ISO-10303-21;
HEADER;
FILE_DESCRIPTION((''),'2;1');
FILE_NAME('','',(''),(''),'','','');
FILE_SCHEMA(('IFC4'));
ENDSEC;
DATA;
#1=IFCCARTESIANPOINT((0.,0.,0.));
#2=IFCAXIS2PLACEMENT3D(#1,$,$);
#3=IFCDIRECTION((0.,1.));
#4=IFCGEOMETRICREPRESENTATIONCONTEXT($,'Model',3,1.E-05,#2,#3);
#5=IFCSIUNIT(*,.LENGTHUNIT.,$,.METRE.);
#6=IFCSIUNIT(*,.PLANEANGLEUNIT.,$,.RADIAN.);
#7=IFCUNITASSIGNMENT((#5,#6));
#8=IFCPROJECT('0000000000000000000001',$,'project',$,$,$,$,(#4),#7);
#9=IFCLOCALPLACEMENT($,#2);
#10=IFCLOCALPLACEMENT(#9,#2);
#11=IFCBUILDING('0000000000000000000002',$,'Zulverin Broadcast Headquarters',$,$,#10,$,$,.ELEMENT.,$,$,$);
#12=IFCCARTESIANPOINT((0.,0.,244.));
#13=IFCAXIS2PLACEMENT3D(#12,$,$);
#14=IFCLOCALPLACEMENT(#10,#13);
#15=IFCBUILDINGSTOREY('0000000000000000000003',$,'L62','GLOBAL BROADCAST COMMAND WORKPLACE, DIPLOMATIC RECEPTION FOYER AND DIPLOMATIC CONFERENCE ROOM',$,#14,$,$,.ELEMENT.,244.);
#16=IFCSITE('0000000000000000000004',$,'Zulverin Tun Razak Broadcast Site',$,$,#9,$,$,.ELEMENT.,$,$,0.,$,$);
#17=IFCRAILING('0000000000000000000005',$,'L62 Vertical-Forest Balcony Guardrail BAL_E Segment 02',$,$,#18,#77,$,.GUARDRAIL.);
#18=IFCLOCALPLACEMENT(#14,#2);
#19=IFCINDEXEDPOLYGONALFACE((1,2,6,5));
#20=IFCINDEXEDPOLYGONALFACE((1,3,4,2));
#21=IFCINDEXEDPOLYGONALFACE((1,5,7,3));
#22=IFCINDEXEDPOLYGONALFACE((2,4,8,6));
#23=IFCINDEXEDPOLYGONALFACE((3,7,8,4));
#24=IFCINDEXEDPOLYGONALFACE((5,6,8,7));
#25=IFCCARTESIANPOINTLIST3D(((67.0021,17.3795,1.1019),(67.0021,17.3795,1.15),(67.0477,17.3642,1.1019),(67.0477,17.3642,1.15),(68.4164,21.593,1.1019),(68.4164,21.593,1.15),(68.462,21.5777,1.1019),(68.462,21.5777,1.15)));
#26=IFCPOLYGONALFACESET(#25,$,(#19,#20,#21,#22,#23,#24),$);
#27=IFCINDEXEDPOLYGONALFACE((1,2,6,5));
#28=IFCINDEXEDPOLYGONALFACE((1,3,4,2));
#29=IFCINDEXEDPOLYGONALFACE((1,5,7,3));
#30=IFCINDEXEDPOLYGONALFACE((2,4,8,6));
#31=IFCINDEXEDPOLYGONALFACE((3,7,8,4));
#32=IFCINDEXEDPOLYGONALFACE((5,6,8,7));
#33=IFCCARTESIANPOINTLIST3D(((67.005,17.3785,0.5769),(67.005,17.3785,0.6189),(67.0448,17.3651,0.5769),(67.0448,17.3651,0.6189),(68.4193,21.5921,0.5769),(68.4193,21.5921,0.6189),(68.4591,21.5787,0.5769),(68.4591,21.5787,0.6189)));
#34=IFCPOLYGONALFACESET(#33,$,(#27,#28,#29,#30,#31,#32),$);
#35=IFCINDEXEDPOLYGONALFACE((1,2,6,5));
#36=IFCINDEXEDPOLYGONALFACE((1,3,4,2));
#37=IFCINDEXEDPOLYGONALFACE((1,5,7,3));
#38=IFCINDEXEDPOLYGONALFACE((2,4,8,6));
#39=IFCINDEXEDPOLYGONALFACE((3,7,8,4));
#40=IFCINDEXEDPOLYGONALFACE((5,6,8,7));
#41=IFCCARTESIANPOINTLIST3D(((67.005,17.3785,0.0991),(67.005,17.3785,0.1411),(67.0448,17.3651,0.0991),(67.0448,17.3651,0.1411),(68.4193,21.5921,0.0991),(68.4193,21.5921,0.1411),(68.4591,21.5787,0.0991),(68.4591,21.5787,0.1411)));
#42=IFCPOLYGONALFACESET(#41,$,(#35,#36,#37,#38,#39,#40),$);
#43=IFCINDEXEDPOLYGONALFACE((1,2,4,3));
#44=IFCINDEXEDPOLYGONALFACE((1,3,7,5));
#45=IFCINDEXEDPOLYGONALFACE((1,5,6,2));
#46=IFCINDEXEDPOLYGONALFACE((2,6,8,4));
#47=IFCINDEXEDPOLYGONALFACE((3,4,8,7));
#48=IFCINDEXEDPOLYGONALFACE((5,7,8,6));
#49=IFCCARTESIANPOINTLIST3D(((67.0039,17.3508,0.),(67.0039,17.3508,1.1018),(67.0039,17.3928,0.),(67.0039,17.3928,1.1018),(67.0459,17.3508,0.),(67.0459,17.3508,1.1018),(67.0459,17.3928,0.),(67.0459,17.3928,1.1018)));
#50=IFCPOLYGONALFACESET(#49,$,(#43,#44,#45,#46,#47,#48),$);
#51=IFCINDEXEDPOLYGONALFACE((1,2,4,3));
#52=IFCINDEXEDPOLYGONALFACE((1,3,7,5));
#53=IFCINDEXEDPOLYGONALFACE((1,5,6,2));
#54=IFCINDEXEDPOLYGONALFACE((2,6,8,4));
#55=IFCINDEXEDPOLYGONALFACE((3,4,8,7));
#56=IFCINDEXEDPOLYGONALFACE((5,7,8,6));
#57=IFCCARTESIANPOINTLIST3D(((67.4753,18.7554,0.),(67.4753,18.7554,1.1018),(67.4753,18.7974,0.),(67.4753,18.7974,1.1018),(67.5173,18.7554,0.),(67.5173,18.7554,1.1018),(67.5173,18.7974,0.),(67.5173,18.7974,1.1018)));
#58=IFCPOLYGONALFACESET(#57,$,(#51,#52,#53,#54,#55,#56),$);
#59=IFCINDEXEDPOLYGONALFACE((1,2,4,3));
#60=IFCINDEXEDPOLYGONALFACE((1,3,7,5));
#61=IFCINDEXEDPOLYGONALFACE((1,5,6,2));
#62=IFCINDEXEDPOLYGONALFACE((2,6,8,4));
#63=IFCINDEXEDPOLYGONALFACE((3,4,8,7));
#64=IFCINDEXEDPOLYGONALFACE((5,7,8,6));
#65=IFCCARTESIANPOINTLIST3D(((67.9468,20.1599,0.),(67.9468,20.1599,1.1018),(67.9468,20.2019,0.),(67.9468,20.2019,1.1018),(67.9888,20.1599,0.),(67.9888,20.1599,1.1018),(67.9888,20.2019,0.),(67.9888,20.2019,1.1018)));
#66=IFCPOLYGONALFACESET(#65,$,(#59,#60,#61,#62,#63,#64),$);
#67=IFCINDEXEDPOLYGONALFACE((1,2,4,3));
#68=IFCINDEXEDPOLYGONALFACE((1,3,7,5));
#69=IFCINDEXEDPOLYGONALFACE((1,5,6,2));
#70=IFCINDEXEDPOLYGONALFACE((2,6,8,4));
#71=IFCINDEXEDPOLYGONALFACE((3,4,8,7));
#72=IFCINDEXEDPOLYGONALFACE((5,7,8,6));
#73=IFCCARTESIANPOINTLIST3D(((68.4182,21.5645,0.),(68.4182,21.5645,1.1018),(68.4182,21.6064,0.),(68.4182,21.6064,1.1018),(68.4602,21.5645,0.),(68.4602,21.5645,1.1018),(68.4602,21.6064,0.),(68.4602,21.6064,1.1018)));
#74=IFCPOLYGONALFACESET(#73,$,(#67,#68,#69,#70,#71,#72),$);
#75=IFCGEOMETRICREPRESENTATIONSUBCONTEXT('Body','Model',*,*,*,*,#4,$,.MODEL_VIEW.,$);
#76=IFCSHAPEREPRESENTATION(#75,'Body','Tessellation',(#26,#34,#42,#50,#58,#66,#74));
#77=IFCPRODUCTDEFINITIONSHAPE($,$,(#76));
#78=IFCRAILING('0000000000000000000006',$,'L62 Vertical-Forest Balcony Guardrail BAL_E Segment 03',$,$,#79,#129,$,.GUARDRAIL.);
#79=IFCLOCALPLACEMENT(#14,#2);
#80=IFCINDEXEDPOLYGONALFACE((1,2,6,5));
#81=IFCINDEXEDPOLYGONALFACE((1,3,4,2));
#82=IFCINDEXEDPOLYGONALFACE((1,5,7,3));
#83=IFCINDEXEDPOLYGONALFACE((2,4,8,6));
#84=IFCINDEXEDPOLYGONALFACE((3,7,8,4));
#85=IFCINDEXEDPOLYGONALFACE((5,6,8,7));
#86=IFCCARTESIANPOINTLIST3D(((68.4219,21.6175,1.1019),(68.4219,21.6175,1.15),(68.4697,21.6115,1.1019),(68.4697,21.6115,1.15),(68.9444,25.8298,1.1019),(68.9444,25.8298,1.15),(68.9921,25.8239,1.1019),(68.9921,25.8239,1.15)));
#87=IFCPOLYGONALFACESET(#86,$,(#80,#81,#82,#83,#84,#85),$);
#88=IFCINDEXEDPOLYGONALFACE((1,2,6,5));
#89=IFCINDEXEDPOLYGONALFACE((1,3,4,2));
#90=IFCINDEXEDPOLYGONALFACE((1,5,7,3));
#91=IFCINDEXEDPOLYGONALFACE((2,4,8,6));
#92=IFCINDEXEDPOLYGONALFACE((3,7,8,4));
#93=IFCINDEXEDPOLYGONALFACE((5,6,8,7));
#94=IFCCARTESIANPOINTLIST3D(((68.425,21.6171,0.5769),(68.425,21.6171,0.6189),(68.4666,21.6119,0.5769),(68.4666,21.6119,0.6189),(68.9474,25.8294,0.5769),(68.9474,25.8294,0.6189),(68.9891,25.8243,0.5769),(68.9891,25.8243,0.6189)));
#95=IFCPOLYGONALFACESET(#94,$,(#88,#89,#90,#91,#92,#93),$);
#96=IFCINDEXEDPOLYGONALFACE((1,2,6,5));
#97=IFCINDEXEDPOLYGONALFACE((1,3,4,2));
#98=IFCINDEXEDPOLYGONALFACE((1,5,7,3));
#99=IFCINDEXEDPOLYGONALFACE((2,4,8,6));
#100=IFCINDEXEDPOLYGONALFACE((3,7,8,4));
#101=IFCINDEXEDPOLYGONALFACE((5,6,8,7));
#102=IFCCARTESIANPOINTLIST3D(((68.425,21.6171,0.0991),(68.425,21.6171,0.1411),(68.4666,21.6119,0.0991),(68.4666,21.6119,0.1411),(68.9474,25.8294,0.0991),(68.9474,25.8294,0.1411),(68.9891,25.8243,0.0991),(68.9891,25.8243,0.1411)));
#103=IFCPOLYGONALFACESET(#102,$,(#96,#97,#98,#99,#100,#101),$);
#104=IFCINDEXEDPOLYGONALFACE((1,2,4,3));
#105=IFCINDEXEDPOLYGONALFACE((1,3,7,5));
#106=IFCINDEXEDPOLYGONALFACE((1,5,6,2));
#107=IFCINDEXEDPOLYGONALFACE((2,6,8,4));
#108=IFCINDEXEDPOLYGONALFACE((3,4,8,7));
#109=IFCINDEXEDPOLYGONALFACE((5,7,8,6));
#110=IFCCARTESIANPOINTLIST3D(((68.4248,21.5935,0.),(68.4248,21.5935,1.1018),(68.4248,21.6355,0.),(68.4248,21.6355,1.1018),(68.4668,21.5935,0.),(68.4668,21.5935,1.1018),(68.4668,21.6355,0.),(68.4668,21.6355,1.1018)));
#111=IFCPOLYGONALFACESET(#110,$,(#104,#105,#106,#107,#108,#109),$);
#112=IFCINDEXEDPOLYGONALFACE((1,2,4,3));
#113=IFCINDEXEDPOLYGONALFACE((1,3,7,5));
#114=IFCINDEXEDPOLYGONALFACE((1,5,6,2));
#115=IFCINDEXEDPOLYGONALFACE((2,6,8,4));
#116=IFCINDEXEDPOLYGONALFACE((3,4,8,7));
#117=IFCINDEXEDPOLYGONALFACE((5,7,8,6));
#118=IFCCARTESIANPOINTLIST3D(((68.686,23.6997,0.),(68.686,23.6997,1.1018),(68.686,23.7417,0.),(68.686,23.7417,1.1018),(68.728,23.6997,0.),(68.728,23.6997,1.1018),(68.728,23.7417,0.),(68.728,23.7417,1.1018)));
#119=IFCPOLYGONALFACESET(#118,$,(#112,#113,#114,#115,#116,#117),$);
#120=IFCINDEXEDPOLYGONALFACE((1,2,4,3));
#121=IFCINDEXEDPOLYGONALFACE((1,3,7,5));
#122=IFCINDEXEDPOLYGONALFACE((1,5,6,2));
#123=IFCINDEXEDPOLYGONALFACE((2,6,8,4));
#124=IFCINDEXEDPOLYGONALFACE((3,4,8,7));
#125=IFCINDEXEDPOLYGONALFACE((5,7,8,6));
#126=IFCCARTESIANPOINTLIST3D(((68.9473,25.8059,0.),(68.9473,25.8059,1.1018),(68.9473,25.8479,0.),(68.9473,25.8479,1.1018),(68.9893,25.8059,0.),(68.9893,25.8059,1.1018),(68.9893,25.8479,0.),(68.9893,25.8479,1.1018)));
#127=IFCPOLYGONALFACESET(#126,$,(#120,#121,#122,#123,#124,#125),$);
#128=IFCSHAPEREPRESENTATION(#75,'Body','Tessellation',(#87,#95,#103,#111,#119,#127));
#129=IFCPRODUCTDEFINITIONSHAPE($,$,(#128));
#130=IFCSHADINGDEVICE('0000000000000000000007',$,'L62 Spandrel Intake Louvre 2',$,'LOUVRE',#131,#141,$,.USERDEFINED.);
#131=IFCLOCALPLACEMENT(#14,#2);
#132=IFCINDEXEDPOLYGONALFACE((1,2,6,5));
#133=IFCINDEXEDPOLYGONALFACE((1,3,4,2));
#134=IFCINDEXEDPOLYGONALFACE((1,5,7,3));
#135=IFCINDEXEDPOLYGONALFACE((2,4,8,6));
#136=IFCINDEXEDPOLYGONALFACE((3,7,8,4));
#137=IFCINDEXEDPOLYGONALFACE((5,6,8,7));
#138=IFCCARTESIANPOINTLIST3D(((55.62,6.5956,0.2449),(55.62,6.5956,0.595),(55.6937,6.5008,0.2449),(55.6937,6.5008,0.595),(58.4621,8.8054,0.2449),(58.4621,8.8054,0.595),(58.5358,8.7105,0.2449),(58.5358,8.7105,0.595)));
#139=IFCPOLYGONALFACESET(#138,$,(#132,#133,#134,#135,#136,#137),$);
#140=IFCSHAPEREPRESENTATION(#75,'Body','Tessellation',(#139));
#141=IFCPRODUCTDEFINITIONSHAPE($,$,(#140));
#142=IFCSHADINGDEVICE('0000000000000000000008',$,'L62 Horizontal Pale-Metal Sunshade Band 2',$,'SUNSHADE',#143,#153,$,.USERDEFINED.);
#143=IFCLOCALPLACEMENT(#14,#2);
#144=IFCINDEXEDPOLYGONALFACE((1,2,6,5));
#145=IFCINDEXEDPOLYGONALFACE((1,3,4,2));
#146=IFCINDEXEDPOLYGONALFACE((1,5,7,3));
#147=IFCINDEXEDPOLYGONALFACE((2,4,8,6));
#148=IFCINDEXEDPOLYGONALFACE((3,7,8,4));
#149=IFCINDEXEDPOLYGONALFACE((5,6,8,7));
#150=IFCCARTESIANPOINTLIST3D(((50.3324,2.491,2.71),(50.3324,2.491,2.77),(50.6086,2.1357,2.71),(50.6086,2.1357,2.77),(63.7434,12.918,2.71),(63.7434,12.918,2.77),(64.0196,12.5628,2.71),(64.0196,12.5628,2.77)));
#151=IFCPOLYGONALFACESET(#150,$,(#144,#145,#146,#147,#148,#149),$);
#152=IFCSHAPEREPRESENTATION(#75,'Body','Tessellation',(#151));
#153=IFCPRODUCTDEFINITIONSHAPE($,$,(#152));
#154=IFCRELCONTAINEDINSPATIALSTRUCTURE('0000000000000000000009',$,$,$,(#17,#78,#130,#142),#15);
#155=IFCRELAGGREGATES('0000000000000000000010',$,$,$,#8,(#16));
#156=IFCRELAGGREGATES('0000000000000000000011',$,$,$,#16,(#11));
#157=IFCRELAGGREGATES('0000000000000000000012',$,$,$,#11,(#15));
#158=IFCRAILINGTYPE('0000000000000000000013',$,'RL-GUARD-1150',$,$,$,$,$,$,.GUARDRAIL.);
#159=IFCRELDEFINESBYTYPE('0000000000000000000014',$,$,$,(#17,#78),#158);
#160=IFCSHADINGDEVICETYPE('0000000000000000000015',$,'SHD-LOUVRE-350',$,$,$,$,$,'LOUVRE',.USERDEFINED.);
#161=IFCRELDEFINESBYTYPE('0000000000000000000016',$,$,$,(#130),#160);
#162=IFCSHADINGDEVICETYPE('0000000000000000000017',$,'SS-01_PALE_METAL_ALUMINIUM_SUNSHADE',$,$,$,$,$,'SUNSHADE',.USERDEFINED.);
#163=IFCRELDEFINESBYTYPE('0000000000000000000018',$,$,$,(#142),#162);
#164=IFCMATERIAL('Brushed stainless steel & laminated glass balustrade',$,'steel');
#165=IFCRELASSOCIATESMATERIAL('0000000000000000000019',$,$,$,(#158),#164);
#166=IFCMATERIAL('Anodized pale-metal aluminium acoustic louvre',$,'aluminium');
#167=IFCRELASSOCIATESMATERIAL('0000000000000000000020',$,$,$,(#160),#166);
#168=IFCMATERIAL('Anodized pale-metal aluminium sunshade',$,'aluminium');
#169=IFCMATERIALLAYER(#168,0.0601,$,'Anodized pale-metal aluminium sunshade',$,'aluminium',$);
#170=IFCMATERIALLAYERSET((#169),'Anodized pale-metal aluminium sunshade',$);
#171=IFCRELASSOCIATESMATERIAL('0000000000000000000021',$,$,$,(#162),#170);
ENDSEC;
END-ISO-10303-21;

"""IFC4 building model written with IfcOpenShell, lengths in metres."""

from ifc_helpers import new_model, si_unit, direction, frame, origin, origin_2d, place, context, subcontext, project, spatial, rectangle, extrude, material, layer, layer_set, type_object, element, save


model = new_model("IFC4")

# Units and contexts
model_context = context("Model", 3, precision=1e-05, world=origin(), true_north=direction((0.0, 1.0)))
body_context = subcontext(model_context, "Body", "Model", "MODEL_VIEW")
ifc_project = project(units=[si_unit("LENGTHUNIT", "METRE"), si_unit("PLANEANGLEUNIT", "RADIAN")], contexts=[model_context])

# Site, building, storey
site_placement = place(None, origin())
site = spatial("IfcSite", under=ifc_project, at=site_placement, Name="Zulverin Tun Razak Broadcast Site", CompositionType="ELEMENT", RefElevation=0.0)
building_placement = place(site_placement, origin())
building = spatial("IfcBuilding", under=site, at=building_placement, Name="Zulverin Broadcast Headquarters", CompositionType="ELEMENT")
storey_placement = place(building_placement, frame((0.0, 0.0, 244.0)))
storey = spatial("IfcBuildingStorey", under=building, at=storey_placement, Name="L62", Description="GLOBAL BROADCAST COMMAND WORKPLACE, DIPLOMATIC RECEPTION FOYER AND DIPLOMATIC CONFERENCE ROOM", CompositionType="ELEMENT", Elevation=244.0)

# Railings
ifc_material_1 = material(Name="Brushed stainless steel & laminated glass balustrade", Category="steel")
railing_type = type_object("IfcRailingType", Name="RL-GUARD-1150", PredefinedType="GUARDRAIL", material=ifc_material_1)
railing_1_placement = place(storey_placement, frame((67.0249, 17.3718, 0.0)))
element("IfcRailing", 1, at=railing_1_placement, inside=storey, type_object=railing_type, Name="L62 Vertical-Forest Balcony Guardrail BAL_E Segment 02", PredefinedType="GUARDRAIL", context=body_context, shape_type="SweptSolid", body=[
    extrude(rectangle(XDim=0.0481, YDim=0.0481, at=origin_2d()), frame((0.0, 0.0, 1.126), z_axis=(0.318205, 0.948022, 0.0), x_axis=(-0.948022, 0.318205, 0.0)), (0.0, 0.0, 1.0), 4.4446),
    extrude(rectangle(XDim=0.042, YDim=0.042, at=origin_2d()), frame((0.0, 0.0, 0.5979), z_axis=(0.318205, 0.948022, 0.0), x_axis=(-0.948022, 0.318205, 0.0)), (0.0, 0.0, 1.0), 4.4446),
    extrude(rectangle(XDim=0.042, YDim=0.042, at=origin_2d()), frame((0.0, 0.0, 0.1201), z_axis=(0.318205, 0.948022, 0.0), x_axis=(-0.948022, 0.318205, 0.0)), (0.0, 0.0, 1.0), 4.4446),
    extrude(rectangle(XDim=0.042, YDim=0.042, at=origin_2d()), origin(), (0.0, 0.0, 1.0), 1.1018),
    extrude(rectangle(XDim=0.042, YDim=0.042, at=origin_2d()), frame((0.4714, 1.4045, 0.0)), (0.0, 0.0, 1.0), 1.1018),
    extrude(rectangle(XDim=0.042, YDim=0.042, at=origin_2d()), frame((0.9429, 2.8091, 0.0)), (0.0, 0.0, 1.0), 1.1018),
    extrude(rectangle(XDim=0.042, YDim=0.042, at=origin_2d()), frame((1.4143, 4.2136, 0.0)), (0.0, 0.0, 1.0), 1.1018),
])
railing_2_placement = place(storey_placement, frame((68.4458, 21.6145, 0.0)))
element("IfcRailing", 2, at=railing_2_placement, inside=storey, type_object=railing_type, Name="L62 Vertical-Forest Balcony Guardrail BAL_E Segment 03", PredefinedType="GUARDRAIL", context=body_context, shape_type="SweptSolid", body=[
    extrude(rectangle(XDim=0.0481, YDim=0.0481, at=origin_2d()), frame((0.0, 0.0, 1.126), z_axis=(0.123086, 0.992396, 0.0), x_axis=(-0.992396, 0.123086, 0.0)), (0.0, 0.0, 1.0), 4.2446),
    extrude(rectangle(XDim=0.042, YDim=0.042, at=origin_2d()), frame((0.0, 0.0, 0.5979), z_axis=(0.123086, 0.992396, 0.0), x_axis=(-0.992396, 0.123086, 0.0)), (0.0, 0.0, 1.0), 4.2446),
    extrude(rectangle(XDim=0.042, YDim=0.042, at=origin_2d()), frame((0.0, 0.0, 0.1201), z_axis=(0.123086, 0.992396, 0.0), x_axis=(-0.992396, 0.123086, 0.0)), (0.0, 0.0, 1.0), 4.2446),
    extrude(rectangle(XDim=0.042, YDim=0.042, at=origin_2d()), origin(), (0.0, 0.0, 1.0), 1.1018),
    extrude(rectangle(XDim=0.042, YDim=0.042, at=origin_2d()), frame((0.2612, 2.1062, 0.0)), (0.0, 0.0, 1.0), 1.1018),
    extrude(rectangle(XDim=0.042, YDim=0.042, at=origin_2d()), frame((0.5225, 4.2124, 0.0)), (0.0, 0.0, 1.0), 1.1018),
])

# Shading devices
ifc_material_2 = material(Name="Anodized pale-metal aluminium acoustic louvre", Category="aluminium")
shading_device_type_1 = type_object("IfcShadingDeviceType", Name="SHD-LOUVRE-350", ElementType="LOUVRE", PredefinedType="USERDEFINED", material=ifc_material_2)
shading_device_1_placement = place(storey_placement, frame((57.0779, 7.6531, 0.2449), z_axis=(0.0, 0.0, 1.0), x_axis=(0.789459, 0.613803, 0.0)))
element("IfcShadingDevice", 3, at=shading_device_1_placement, inside=storey, type_object=shading_device_type_1, Name="L62 Spandrel Intake Louvre 2", ObjectType="LOUVRE", PredefinedType="USERDEFINED", context=body_context, shape_type="SweptSolid", body=[
    extrude(rectangle(XDim=3.6001, YDim=0.1201, at=origin_2d()), origin(), (0.0, 0.0, 1.0), 0.3501),
])
ifc_material_3 = material(Name="Anodized pale-metal aluminium sunshade", Category="aluminium")
ifc_layer_1 = layer(ifc_material_3, 0.0601, Name="Anodized pale-metal aluminium sunshade", Category="aluminium")
ifc_layer_set_1 = layer_set([ifc_layer_1], Name="Anodized pale-metal aluminium sunshade")
shading_device_type_2 = type_object("IfcShadingDeviceType", Name="SS-01_PALE_METAL_ALUMINIUM_SUNSHADE", ElementType="SUNSHADE", PredefinedType="USERDEFINED", material=ifc_layer_set_1)
shading_device_2_placement = place(storey_placement, frame((57.176, 7.5269, 2.71), z_axis=(0.0, 0.0, 1.0), x_axis=(0.789459, 0.613803, 0.0)))
element("IfcShadingDevice", 4, at=shading_device_2_placement, inside=storey, type_object=shading_device_type_2, Name="L62 Horizontal Pale-Metal Sunshade Band 2", ObjectType="SUNSHADE", PredefinedType="USERDEFINED", context=body_context, shape_type="SweptSolid", body=[
    extrude(rectangle(XDim=16.9875, YDim=0.45, at=origin_2d()), origin(), (0.0, 0.0, 1.0), 0.0601),
])

save(model, "model.ifc")
